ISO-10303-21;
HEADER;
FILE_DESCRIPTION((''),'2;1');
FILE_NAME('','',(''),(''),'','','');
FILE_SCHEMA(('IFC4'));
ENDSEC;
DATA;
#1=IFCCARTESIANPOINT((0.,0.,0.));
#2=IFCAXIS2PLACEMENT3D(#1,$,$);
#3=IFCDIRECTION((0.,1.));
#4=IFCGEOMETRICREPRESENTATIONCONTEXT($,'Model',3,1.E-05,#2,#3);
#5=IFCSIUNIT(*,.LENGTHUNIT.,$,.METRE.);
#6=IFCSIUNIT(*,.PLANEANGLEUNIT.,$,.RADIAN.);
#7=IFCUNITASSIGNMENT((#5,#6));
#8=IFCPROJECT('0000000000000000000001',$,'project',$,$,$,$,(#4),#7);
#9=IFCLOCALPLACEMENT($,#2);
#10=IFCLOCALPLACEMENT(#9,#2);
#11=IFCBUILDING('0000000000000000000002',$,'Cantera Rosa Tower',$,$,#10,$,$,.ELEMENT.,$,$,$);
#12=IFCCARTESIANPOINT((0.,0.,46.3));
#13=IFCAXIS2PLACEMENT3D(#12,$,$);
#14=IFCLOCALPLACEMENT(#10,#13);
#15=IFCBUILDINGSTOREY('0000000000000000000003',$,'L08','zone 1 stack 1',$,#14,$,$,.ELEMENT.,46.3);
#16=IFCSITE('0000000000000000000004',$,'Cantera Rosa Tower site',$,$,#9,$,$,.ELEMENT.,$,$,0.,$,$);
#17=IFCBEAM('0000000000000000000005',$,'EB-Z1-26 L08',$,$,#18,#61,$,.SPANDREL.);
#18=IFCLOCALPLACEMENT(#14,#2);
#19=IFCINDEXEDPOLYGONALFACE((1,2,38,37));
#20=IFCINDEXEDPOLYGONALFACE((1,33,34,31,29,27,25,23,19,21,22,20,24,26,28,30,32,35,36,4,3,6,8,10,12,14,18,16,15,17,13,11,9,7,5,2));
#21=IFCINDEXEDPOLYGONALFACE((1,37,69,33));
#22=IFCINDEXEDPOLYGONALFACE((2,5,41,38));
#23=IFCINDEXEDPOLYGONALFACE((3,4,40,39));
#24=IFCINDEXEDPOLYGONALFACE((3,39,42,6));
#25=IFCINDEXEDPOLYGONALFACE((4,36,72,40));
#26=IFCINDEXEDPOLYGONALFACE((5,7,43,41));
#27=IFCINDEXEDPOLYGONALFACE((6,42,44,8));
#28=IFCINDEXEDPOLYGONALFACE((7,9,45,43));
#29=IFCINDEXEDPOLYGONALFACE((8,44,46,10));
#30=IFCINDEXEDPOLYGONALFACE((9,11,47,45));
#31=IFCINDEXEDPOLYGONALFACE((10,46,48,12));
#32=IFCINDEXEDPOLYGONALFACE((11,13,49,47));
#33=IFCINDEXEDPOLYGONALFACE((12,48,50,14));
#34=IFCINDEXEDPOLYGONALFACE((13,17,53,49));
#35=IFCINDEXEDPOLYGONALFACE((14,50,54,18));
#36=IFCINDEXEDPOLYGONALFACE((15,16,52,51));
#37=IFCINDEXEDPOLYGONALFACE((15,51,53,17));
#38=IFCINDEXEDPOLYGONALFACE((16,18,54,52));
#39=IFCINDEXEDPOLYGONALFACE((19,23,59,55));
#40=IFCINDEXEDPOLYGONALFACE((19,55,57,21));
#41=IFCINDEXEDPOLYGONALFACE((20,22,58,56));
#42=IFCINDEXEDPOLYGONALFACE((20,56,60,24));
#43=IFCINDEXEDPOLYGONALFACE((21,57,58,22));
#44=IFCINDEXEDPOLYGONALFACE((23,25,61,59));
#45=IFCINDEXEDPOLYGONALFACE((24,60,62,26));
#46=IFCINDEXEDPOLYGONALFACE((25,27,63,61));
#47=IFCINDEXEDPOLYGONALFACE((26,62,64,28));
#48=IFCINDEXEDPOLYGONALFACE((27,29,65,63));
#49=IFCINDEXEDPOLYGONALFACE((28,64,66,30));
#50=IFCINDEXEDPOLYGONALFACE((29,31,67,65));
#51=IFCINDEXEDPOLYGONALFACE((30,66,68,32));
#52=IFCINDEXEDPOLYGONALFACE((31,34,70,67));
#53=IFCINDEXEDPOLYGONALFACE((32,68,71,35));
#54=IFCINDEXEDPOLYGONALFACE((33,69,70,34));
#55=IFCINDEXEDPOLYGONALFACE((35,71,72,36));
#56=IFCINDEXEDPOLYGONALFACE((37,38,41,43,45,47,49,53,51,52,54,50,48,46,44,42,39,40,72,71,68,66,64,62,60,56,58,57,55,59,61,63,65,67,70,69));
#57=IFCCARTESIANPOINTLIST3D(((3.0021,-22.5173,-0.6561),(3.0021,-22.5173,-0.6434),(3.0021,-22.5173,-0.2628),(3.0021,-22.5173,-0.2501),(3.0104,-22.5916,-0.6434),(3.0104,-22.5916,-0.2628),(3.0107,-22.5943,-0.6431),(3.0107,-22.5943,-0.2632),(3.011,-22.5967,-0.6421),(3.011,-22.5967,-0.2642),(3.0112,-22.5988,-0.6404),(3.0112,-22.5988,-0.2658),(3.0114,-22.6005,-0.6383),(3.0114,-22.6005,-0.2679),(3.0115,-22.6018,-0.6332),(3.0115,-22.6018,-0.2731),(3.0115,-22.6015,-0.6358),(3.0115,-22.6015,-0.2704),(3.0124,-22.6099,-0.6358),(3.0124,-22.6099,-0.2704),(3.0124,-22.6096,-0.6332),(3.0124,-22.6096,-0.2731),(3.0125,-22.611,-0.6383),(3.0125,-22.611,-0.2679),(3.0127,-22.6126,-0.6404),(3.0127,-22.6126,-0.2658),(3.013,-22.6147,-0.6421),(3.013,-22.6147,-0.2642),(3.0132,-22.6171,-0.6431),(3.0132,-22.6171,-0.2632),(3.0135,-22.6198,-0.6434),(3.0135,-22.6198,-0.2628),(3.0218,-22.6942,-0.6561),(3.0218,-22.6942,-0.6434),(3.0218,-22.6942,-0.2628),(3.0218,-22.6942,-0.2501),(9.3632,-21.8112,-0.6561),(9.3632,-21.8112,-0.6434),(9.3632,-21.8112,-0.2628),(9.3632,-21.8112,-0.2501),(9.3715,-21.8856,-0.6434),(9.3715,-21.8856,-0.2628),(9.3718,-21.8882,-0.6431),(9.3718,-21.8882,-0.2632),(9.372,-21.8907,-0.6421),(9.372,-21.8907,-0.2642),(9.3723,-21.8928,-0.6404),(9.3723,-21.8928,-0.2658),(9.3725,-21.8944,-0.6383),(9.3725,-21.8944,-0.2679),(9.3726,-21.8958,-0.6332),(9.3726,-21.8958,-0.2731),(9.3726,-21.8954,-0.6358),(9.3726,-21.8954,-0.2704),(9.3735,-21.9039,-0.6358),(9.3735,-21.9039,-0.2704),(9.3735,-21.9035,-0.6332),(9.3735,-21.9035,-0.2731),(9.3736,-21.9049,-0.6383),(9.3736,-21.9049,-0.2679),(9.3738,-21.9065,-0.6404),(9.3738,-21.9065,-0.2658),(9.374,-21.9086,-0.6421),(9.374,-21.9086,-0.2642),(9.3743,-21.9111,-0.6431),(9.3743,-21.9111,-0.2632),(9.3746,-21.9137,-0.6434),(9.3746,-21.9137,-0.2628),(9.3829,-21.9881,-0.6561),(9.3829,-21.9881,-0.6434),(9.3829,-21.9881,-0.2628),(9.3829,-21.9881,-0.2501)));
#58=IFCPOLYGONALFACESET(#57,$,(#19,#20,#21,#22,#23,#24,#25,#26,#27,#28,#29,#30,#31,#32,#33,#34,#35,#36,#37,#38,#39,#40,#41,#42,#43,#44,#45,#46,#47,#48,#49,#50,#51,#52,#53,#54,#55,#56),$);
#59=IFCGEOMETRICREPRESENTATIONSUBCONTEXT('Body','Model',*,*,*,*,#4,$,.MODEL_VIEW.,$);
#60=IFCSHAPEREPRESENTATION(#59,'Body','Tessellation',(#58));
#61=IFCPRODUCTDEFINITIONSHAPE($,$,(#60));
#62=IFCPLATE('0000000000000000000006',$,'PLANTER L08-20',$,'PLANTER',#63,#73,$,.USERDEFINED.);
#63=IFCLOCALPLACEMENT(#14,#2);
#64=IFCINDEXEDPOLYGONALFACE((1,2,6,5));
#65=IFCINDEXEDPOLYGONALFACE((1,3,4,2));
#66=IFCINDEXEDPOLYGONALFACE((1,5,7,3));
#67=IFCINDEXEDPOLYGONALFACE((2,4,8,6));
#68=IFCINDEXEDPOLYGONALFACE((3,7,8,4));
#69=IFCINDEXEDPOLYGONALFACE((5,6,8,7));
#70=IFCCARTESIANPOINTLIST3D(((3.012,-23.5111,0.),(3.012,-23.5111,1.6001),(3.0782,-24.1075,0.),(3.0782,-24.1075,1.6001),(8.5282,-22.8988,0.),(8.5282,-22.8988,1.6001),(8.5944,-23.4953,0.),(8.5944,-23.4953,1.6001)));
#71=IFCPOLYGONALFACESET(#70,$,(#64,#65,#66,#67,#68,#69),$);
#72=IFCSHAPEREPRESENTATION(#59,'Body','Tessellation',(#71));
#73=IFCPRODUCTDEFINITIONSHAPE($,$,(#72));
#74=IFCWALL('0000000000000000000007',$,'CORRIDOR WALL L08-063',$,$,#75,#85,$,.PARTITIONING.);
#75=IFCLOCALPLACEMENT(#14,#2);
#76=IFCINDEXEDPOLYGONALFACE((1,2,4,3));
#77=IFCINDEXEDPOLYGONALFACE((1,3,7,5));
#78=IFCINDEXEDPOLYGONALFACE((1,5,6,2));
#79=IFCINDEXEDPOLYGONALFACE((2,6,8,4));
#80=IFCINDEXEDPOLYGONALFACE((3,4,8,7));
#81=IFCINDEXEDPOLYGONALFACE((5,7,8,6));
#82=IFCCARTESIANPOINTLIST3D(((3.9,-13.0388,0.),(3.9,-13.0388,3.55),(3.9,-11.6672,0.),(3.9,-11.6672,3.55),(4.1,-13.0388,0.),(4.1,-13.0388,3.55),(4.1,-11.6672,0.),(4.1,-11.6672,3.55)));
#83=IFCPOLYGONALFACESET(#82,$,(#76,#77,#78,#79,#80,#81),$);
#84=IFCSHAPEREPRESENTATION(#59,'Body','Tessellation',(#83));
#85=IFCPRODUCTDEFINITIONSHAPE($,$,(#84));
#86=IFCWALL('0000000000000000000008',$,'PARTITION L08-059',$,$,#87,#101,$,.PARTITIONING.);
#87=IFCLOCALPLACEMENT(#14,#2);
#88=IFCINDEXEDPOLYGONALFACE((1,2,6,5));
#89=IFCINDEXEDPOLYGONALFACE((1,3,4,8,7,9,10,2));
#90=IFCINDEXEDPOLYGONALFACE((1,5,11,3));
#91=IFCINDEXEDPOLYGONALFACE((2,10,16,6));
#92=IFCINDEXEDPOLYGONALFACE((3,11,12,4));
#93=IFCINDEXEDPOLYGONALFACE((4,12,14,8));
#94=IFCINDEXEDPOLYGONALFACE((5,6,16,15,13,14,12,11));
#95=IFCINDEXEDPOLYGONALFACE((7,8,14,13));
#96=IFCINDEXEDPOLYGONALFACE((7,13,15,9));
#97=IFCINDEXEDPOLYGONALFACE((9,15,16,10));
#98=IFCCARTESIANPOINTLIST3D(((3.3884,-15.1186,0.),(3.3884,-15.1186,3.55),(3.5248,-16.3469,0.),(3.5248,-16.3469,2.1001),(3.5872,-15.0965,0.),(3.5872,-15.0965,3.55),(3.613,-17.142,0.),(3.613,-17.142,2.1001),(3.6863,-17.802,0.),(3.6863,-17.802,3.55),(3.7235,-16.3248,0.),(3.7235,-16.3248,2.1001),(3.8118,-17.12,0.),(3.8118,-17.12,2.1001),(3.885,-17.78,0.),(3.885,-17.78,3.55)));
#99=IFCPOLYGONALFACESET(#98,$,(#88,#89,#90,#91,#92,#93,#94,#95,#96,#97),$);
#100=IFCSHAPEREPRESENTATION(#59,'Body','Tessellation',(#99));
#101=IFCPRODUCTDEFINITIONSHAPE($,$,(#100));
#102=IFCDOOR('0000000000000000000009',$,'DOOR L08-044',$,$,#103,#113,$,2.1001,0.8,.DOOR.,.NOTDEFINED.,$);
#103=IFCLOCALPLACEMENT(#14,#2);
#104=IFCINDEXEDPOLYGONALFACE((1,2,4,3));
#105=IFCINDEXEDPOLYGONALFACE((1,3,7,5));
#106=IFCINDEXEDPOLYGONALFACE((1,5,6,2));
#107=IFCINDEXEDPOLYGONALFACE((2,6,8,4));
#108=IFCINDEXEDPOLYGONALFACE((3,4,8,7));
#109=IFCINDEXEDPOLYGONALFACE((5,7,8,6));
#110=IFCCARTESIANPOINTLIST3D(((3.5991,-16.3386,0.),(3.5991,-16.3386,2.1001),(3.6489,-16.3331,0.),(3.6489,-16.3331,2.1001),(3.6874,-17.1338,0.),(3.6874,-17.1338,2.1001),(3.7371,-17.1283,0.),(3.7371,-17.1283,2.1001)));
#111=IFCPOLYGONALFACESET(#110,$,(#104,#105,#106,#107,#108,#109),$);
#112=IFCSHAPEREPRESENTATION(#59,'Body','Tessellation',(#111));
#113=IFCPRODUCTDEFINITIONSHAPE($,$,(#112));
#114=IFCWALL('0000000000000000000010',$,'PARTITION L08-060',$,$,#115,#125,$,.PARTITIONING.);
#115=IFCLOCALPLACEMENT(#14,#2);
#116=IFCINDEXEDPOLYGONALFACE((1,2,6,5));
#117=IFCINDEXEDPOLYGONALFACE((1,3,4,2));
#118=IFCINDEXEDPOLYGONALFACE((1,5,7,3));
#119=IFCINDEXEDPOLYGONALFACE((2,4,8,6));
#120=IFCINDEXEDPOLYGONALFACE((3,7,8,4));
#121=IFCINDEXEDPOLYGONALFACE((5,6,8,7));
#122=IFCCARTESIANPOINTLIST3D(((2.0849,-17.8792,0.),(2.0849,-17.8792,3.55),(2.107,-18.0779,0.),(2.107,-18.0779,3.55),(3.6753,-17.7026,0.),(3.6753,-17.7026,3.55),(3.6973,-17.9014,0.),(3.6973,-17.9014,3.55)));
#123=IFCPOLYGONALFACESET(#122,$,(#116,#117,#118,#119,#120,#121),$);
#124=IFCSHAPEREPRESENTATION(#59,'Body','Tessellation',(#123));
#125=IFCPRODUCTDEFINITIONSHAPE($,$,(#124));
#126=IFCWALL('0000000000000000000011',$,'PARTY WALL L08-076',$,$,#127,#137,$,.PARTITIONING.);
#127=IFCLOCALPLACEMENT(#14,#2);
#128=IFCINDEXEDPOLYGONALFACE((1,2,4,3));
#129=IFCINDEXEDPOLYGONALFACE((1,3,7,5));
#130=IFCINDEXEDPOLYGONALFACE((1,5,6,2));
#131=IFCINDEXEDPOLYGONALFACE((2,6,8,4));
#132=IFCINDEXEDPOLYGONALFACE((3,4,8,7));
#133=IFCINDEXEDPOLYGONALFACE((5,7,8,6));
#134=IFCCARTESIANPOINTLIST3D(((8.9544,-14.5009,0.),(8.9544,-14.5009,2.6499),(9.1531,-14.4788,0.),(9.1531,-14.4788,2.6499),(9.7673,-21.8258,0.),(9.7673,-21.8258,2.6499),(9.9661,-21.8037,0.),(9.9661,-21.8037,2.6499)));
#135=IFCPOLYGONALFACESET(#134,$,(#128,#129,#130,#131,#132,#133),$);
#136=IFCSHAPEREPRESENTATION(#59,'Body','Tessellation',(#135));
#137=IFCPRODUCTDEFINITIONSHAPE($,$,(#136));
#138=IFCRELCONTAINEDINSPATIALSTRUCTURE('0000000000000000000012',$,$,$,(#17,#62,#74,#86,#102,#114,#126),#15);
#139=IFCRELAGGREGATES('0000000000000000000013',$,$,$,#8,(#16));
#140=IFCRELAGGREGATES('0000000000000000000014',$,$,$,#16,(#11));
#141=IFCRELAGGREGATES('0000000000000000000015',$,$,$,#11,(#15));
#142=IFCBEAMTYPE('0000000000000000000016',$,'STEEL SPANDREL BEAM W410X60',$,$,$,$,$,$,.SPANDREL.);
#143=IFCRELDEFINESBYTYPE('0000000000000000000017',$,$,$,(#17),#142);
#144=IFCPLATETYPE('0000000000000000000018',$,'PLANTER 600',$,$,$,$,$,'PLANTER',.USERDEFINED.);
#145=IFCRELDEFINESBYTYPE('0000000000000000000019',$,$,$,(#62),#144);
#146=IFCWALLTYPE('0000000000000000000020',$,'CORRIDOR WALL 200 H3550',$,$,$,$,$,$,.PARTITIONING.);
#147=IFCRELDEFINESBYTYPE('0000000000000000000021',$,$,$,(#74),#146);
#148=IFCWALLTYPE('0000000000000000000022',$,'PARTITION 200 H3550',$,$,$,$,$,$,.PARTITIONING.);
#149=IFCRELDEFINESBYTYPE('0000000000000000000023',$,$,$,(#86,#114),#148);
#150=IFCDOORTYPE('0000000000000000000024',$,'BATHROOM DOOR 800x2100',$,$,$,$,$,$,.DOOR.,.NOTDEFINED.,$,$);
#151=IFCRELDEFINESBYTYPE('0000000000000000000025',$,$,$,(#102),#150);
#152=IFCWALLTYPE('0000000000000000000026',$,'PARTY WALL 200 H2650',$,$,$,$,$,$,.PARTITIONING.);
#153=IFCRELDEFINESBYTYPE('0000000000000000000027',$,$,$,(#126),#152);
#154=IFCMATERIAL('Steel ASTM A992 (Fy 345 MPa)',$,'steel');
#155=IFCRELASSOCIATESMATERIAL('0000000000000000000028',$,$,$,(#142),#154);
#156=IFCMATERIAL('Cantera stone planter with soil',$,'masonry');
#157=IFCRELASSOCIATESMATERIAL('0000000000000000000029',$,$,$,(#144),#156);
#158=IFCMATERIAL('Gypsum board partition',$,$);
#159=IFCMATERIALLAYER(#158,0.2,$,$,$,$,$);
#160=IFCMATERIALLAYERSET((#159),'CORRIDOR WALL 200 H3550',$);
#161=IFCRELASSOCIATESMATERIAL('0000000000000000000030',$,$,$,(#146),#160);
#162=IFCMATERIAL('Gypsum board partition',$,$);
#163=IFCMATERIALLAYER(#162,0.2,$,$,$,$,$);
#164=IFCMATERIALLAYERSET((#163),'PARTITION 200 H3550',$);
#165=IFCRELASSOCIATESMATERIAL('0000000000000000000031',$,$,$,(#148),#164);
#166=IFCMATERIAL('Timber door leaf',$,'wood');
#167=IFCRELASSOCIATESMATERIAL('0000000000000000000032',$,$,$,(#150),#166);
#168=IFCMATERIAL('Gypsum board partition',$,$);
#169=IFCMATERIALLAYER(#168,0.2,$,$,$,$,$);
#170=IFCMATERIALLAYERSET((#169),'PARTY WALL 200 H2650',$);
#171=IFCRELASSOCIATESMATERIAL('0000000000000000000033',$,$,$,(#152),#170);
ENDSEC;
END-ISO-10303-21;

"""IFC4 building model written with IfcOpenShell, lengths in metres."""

from ifc_helpers import new_model, si_unit, direction, frame, frame_2d, origin, origin_2d, place, context, subcontext, project, spatial, rectangle, i_section, extrude, material, layer, layer_set, material_profile, profile_set, type_object, element, fill, save


model = new_model("IFC4")

# Units and contexts
model_context = context("Model", 3, precision=1e-05, world=origin(), true_north=direction((0.0, 1.0)))
body_context = subcontext(model_context, "Body", "Model", "MODEL_VIEW")
ifc_project = project(units=[si_unit("LENGTHUNIT", "METRE"), si_unit("PLANEANGLEUNIT", "RADIAN")], contexts=[model_context])

# Site, building, storey
site_placement = place(None, origin())
site = spatial("IfcSite", under=ifc_project, at=site_placement, Name="Cantera Rosa Tower site", CompositionType="ELEMENT", RefElevation=0.0)
building_placement = place(site_placement, origin())
building = spatial("IfcBuilding", under=site, at=building_placement, Name="Cantera Rosa Tower", CompositionType="ELEMENT")
storey_placement = place(building_placement, frame((0.0, 0.0, 46.3)))
storey = spatial("IfcBuildingStorey", under=building, at=storey_placement, Name="L08", Description="zone 1 stack 1", CompositionType="ELEMENT", Elevation=46.3)

# Beam
ifc_material_1 = material(Name="Steel ASTM A992 (Fy 345 MPa)", Category="steel")
ifc_material_profile_1 = material_profile(ifc_material_1, i_section(OverallWidth=0.178, OverallDepth=0.406, WebThickness=0.0078, FlangeThickness=0.0127, FilletRadius=0.0103, at=origin_2d()), Name="W410X60")
ifc_profile_set_1 = profile_set([ifc_material_profile_1], Name="Steel ASTM A992 (Fy 345 MPa)")
beam_type_1 = type_object("IfcBeamType", Name="STEEL SPANDREL BEAM W410X60", PredefinedType="SPANDREL", material=ifc_profile_set_1)
beam_1_placement = place(storey_placement, frame((3.012, -22.6057, -0.4531), z_axis=(0.993896, 0.110318, 0.0), x_axis=(-0.110318, 0.993896, 0.0)))
element("IfcBeam", 1, at=beam_1_placement, inside=storey, type_object=beam_type_1, Name="EB-Z1-26 L08", PredefinedType="SPANDREL", context=body_context, shape_type="SweptSolid", body=[
    extrude(i_section(OverallWidth=0.178, OverallDepth=0.406, WebThickness=0.0078, FlangeThickness=0.0127, FilletRadius=0.0103, at=origin_2d()), origin(), (0.0, 0.0, 1.0), 6.4001),
])

# Plate
ifc_material_2 = material(Name="Cantera stone planter with soil", Category="masonry")
plate_type = type_object("IfcPlateType", Name="PLANTER 600", ElementType="PLANTER", PredefinedType="USERDEFINED", material=ifc_material_2)
plate_placement = place(storey_placement, frame((5.8032, -23.5032, 0.0), z_axis=(0.0, 0.0, 1.0), x_axis=(0.993897, 0.110313, 0.0)))
element("IfcPlate", 2, at=plate_placement, inside=storey, type_object=plate_type, Name="PLANTER L08-20", ObjectType="PLANTER", PredefinedType="USERDEFINED", context=body_context, shape_type="SweptSolid", body=[
    extrude(rectangle(XDim=5.55, YDim=0.6001, at=origin_2d()), origin(), (0.0, 0.0, 1.0), 1.6001),
])

# Wall
ifc_material_3 = material(Name="Gypsum board partition")
ifc_layer_1 = layer(ifc_material_3, 0.2)
ifc_layer_set_1 = layer_set([ifc_layer_1], Name="CORRIDOR WALL 200 H3550")
wall_type_1 = type_object("IfcWallType", Name="CORRIDOR WALL 200 H3550", PredefinedType="PARTITIONING", material=ifc_layer_set_1)
wall_1_placement = place(storey_placement, frame((4.0, -13.0388, 0.0), z_axis=(0.0, 0.0, 1.0), x_axis=(0.0, 1.0, 0.0)))
element("IfcWall", 3, at=wall_1_placement, inside=storey, type_object=wall_type_1, Name="CORRIDOR WALL L08-063", PredefinedType="PARTITIONING", context=body_context, shape_type="SweptSolid", body=[
    extrude(rectangle(XDim=1.3716, YDim=0.2, at=frame_2d((0.6858, 0.0))), origin(), (0.0, 0.0, 1.0), 3.55),
])

# Wall, opening, door
ifc_material_4 = material(Name="Gypsum board partition")
ifc_layer_2 = layer(ifc_material_4, 0.2)
ifc_layer_set_2 = layer_set([ifc_layer_2], Name="PARTITION 200 H3550")
wall_type_2 = type_object("IfcWallType", Name="PARTITION 200 H3550", PredefinedType="PARTITIONING", material=ifc_layer_set_2)
wall_2_placement = place(storey_placement, frame((3.4878, -15.1074, 0.0), z_axis=(0.0, 0.0, 1.0), x_axis=(0.110312, -0.993897, 0.0)))
wall_2 = element("IfcWall", 4, at=wall_2_placement, inside=storey, type_object=wall_type_2, Name="PARTITION L08-059", PredefinedType="PARTITIONING", context=body_context, shape_type="SweptSolid", body=[
    extrude(rectangle(XDim=2.7, YDim=0.2, at=frame_2d((1.3501, 0.0))), origin(), (0.0, 0.0, 1.0), 3.55),
])
opening_1_placement = place(wall_2_placement, frame((1.2361, 0.0, 0.0)))
opening_1 = element("IfcOpeningElement", 5, at=opening_1_placement, cuts=wall_2, PredefinedType="OPENING", context=body_context, shape_type="SweptSolid", body=[
    extrude(rectangle(XDim=0.8, YDim=2.1001, at=frame_2d((0.3999, 1.05))), frame((0.0, 0.1099, 0.0), z_axis=(0.0, -1.0, 0.0), x_axis=(1.0, 0.0, 0.0)), (0.0, 0.0, 1.0), 0.22),
])
ifc_material_5 = material(Name="Timber door leaf", Category="wood")
door_type_1 = type_object("IfcDoorType", Name="BATHROOM DOOR 800x2100", OperationType="NOTDEFINED", PredefinedType="DOOR", material=ifc_material_5)
door_1_placement = place(opening_1_placement, origin())
door_1 = element("IfcDoor", 6, at=door_1_placement, inside=storey, type_object=door_type_1, Name="DOOR L08-044", OperationType="NOTDEFINED", OverallHeight=2.1001, OverallWidth=0.8, PredefinedType="DOOR", context=body_context, shape_type="SweptSolid", body=[
    extrude(rectangle(XDim=0.8, YDim=2.1001, at=frame_2d((0.3999, 1.05))), frame((0.0, 0.0249, 0.0), z_axis=(0.0, -1.0, 0.0), x_axis=(1.0, 0.0, 0.0)), (0.0, 0.0, 1.0), 0.05),
])
fill(opening_1, door_1)

# Walls
wall_3_placement = place(storey_placement, frame((3.6863, -17.802, 0.0), z_axis=(0.0, 0.0, 1.0), x_axis=(-0.993897, -0.110314, 0.0)))
element("IfcWall", 7, at=wall_3_placement, inside=storey, type_object=wall_type_2, Name="PARTITION L08-060", PredefinedType="PARTITIONING", context=body_context, shape_type="SweptSolid", body=[
    extrude(rectangle(XDim=1.6001, YDim=0.2, at=frame_2d((0.8, 0.0))), origin(), (0.0, 0.0, 1.0), 3.55),
])
ifc_material_6 = material(Name="Gypsum board partition")
ifc_layer_3 = layer(ifc_material_6, 0.2)
ifc_layer_set_3 = layer_set([ifc_layer_3], Name="PARTY WALL 200 H2650")
wall_type_3 = type_object("IfcWallType", Name="PARTY WALL 200 H2650", PredefinedType="PARTITIONING", material=ifc_layer_set_3)
wall_4_placement = place(storey_placement, frame((9.0537, -14.4897, 0.0), z_axis=(0.0, 0.0, 1.0), x_axis=(0.110312, -0.993897, 0.0)))
element("IfcWall", 8, at=wall_4_placement, inside=storey, type_object=wall_type_3, Name="PARTY WALL L08-076", PredefinedType="PARTITIONING", context=body_context, shape_type="SweptSolid", body=[
    extrude(rectangle(XDim=7.3699, YDim=0.2, at=frame_2d((3.6851, 0.0))), origin(), (0.0, 0.0, 1.0), 2.6499),
])

save(model, "model.ifc")
